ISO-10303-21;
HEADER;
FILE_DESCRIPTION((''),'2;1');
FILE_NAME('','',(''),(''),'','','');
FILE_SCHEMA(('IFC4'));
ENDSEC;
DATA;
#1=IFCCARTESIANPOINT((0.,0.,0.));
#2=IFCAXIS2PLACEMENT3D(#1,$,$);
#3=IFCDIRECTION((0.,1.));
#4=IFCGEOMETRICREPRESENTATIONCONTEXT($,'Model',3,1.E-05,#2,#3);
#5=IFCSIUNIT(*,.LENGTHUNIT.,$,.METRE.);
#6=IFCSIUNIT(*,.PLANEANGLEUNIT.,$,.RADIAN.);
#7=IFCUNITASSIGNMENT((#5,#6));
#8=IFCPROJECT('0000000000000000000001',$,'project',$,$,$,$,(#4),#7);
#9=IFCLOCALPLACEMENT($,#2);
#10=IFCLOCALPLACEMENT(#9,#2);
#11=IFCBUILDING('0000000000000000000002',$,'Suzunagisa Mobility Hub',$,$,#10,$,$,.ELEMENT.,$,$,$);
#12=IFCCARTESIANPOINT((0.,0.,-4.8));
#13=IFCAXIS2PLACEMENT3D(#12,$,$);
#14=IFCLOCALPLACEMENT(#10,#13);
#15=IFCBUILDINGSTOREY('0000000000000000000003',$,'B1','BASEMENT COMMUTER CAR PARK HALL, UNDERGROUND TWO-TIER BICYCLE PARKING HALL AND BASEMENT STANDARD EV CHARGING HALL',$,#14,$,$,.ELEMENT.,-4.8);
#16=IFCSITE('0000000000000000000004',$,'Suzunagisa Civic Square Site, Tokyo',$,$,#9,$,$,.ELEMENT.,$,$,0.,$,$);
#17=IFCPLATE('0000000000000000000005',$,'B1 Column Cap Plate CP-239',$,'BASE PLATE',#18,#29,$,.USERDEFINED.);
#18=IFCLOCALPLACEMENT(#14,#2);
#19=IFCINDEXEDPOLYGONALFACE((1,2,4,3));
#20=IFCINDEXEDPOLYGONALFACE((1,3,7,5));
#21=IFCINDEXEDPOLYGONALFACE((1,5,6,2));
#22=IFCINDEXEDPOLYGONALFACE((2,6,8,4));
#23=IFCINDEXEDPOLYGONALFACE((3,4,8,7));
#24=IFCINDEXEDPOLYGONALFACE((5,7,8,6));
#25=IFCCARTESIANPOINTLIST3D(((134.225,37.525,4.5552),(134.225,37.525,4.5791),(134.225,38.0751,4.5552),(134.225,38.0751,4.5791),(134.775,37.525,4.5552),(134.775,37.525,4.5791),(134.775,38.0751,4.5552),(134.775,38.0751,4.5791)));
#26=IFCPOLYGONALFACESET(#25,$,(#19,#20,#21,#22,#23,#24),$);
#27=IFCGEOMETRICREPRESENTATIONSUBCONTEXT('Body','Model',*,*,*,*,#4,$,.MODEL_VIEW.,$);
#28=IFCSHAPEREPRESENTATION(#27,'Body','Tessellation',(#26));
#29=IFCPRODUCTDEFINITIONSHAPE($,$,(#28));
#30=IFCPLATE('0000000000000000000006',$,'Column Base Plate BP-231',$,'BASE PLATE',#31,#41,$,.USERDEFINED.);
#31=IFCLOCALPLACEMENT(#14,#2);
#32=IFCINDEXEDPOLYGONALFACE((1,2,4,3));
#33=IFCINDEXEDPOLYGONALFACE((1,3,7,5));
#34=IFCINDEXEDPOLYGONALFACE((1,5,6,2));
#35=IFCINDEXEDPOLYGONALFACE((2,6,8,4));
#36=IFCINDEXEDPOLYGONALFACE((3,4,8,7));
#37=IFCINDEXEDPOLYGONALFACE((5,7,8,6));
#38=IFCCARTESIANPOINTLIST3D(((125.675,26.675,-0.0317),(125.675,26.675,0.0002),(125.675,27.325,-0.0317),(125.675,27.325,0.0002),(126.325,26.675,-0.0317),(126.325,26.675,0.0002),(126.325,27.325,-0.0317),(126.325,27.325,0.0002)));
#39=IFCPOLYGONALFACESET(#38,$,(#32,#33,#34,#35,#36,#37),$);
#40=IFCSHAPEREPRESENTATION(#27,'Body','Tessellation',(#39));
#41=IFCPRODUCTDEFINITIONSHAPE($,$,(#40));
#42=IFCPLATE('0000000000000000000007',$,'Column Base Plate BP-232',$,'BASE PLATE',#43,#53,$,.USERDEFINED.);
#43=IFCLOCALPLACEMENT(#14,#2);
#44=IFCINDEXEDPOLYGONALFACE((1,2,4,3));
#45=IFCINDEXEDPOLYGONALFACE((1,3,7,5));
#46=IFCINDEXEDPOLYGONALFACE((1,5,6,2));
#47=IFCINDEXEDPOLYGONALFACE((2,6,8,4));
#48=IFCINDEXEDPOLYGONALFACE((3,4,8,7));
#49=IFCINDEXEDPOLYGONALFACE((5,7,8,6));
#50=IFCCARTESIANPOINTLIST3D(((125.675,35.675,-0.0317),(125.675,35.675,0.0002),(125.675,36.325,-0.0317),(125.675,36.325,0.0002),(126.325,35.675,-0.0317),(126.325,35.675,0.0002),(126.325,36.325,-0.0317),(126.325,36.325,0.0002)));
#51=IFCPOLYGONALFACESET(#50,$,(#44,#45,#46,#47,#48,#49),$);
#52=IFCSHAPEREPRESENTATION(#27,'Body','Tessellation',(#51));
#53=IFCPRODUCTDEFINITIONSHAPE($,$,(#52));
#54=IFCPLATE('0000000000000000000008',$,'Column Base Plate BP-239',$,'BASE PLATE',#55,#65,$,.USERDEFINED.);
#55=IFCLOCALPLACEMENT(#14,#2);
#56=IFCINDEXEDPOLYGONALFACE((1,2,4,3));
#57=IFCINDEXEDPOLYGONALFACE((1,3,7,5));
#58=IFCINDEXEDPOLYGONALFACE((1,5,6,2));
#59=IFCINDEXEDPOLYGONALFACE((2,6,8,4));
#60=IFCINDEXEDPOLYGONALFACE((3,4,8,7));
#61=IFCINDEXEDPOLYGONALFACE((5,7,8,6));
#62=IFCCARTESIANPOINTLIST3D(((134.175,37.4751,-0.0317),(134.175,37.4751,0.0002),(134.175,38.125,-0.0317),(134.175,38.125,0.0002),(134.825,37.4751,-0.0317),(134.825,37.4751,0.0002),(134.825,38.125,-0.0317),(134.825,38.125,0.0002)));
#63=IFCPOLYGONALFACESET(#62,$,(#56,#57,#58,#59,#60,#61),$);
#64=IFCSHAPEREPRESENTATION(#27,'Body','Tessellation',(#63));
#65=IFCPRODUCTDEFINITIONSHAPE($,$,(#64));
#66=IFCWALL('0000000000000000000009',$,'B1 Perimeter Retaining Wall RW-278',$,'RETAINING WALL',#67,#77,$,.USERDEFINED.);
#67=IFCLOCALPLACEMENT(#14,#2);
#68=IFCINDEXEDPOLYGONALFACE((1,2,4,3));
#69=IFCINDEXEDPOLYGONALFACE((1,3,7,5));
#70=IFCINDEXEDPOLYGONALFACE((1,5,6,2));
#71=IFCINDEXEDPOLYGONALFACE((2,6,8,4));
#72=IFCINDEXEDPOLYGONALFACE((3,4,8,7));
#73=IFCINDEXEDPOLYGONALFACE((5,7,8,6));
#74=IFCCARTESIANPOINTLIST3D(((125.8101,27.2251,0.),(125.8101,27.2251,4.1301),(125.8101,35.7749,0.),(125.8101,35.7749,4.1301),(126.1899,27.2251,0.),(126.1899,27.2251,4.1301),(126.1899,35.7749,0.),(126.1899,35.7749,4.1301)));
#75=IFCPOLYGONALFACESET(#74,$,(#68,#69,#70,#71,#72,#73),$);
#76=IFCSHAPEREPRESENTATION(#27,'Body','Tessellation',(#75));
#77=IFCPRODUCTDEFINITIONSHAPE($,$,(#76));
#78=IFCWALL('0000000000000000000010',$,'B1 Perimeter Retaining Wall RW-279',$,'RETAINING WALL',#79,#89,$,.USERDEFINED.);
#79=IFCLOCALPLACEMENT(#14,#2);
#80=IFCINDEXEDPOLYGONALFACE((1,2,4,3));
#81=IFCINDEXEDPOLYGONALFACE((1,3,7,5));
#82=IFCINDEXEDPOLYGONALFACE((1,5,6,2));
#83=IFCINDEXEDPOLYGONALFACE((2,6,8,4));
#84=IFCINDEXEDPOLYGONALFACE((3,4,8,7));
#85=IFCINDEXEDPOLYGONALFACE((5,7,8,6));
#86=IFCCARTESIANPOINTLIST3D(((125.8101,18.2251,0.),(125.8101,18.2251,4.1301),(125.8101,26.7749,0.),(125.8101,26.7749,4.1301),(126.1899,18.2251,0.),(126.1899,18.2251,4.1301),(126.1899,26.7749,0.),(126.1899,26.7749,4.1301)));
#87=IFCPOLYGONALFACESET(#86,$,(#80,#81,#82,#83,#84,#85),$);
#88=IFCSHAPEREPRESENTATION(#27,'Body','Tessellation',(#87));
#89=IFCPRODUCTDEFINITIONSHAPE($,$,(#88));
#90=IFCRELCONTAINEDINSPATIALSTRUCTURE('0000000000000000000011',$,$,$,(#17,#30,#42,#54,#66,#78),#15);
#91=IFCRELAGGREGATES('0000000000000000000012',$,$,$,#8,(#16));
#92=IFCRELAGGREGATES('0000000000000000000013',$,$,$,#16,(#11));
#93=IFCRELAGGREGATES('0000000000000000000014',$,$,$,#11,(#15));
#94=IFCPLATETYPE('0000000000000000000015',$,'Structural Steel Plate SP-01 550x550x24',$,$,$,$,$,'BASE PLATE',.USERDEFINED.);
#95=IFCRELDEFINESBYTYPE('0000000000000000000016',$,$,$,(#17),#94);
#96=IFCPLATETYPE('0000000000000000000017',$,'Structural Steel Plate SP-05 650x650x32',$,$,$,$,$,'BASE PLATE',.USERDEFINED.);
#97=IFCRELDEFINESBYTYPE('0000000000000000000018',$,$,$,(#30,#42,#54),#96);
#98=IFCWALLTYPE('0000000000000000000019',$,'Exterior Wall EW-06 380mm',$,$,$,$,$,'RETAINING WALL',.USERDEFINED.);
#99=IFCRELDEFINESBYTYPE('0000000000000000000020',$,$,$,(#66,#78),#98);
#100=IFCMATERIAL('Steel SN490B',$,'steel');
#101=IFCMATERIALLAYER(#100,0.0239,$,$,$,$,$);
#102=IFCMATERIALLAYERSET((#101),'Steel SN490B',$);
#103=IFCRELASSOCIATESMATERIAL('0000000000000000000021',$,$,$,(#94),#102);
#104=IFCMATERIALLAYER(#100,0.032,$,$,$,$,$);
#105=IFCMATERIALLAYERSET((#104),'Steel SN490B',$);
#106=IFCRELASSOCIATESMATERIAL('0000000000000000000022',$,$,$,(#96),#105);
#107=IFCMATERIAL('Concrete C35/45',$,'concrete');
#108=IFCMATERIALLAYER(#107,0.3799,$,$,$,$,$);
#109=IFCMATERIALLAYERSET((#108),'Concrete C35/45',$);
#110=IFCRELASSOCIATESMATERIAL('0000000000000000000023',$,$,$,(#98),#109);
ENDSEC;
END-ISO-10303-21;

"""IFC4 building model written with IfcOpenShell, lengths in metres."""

from ifc_helpers import new_model, si_unit, direction, frame, frame_2d, origin, origin_2d, place, context, subcontext, project, spatial, rectangle, extrude, material, layer, layer_set, type_object, element, save


model = new_model("IFC4")

# Units and contexts
model_context = context("Model", 3, precision=1e-05, world=origin(), true_north=direction((0.0, 1.0)))
body_context = subcontext(model_context, "Body", "Model", "MODEL_VIEW")
ifc_project = project(units=[si_unit("LENGTHUNIT", "METRE"), si_unit("PLANEANGLEUNIT", "RADIAN")], contexts=[model_context])

# Site, building, storey
site_placement = place(None, origin())
site = spatial("IfcSite", under=ifc_project, at=site_placement, Name="Suzunagisa Civic Square Site, Tokyo", CompositionType="ELEMENT", RefElevation=0.0)
building_placement = place(site_placement, origin())
building = spatial("IfcBuilding", under=site, at=building_placement, Name="Suzunagisa Mobility Hub", CompositionType="ELEMENT")
storey_placement = place(building_placement, frame((0.0, 0.0, -4.8)))
storey = spatial("IfcBuildingStorey", under=building, at=storey_placement, Name="B1", Description="BASEMENT COMMUTER CAR PARK HALL, UNDERGROUND TWO-TIER BICYCLE PARKING HALL AND BASEMENT STANDARD EV CHARGING HALL", CompositionType="ELEMENT", Elevation=-4.8)

# Shared definitions
ifc_material_1 = material(Name="Concrete C35/45", Category="concrete")

# Shared definitions
ifc_material_2 = material(Name="Steel SN490B", Category="steel")

# Plates
ifc_layer_1 = layer(ifc_material_2, 0.0239)
ifc_layer_set_1 = layer_set([ifc_layer_1], Name="Steel SN490B")
plate_type_1 = type_object("IfcPlateType", Name="Structural Steel Plate SP-01 550x550x24", ElementType="BASE PLATE", PredefinedType="USERDEFINED", material=ifc_layer_set_1)
plate_placement = place(storey_placement, frame((134.5, 37.8, 4.5552), z_axis=(0.0, 0.0, 1.0), x_axis=(1.0, 0.0, 0.0)))
element("IfcPlate", 1, at=plate_placement, inside=storey, type_object=plate_type_1, Name="B1 Column Cap Plate CP-239", ObjectType="BASE PLATE", PredefinedType="USERDEFINED", context=body_context, shape_type="SweptSolid", body=[
    extrude(rectangle(XDim=0.55, YDim=0.55, at=origin_2d()), origin(), (0.0, 0.0, 1.0), 0.0239),
])
ifc_layer_2 = layer(ifc_material_2, 0.032)
ifc_layer_set_2 = layer_set([ifc_layer_2], Name="Steel SN490B")
plate_type_2 = type_object("IfcPlateType", Name="Structural Steel Plate SP-05 650x650x32", ElementType="BASE PLATE", PredefinedType="USERDEFINED", material=ifc_layer_set_2)
for number, where, z_axis, x_axis, name in (
    (2, (126.0, 27.0, -0.0317), (0.0, 0.0, 1.0), (1.0, 0.0, 0.0), "Column Base Plate BP-231"),
    (3, (126.0, 36.0, -0.0317), (0.0, 0.0, 1.0), (1.0, 0.0, 0.0), "Column Base Plate BP-232"),
    (4, (134.5, 37.8, -0.0317), (0.0, 0.0, 1.0), (1.0, 0.0, 0.0), "Column Base Plate BP-239"),
):
    element("IfcPlate", number, at=place(storey_placement, frame(where, z_axis=z_axis, x_axis=x_axis)), inside=storey, type_object=plate_type_2, Name=name, ObjectType="BASE PLATE", PredefinedType="USERDEFINED", context=body_context, shape_type="SweptSolid", body=[
        extrude(rectangle(XDim=0.6499, YDim=0.6499, at=origin_2d()), origin(), (0.0, 0.0, 1.0), 0.032),
    ])

# Walls
ifc_layer_3 = layer(ifc_material_1, 0.3799)
ifc_layer_set_3 = layer_set([ifc_layer_3], Name="Concrete C35/45")
wall_type = type_object("IfcWallType", Name="Exterior Wall EW-06 380mm", ElementType="RETAINING WALL", PredefinedType="USERDEFINED", material=ifc_layer_set_3)
for number, where, z_axis, x_axis, name in (
    (5, (126.0, 35.7749, 0.0), (0.0, 0.0, 1.0), (0.0, -1.0, 0.0), "B1 Perimeter Retaining Wall RW-278"),
    (6, (126.0, 26.7749, 0.0), (0.0, 0.0, 1.0), (0.0, -1.0, 0.0), "B1 Perimeter Retaining Wall RW-279"),
):
    element("IfcWall", number, at=place(storey_placement, frame(where, z_axis=z_axis, x_axis=x_axis)), inside=storey, type_object=wall_type, Name=name, ObjectType="RETAINING WALL", PredefinedType="USERDEFINED", context=body_context, shape_type="SweptSolid", body=[
        extrude(rectangle(XDim=8.5498, YDim=0.3799, at=frame_2d((4.2749, 0.0))), origin(), (0.0, 0.0, 1.0), 4.1301),
    ])

save(model, "model.ifc")
